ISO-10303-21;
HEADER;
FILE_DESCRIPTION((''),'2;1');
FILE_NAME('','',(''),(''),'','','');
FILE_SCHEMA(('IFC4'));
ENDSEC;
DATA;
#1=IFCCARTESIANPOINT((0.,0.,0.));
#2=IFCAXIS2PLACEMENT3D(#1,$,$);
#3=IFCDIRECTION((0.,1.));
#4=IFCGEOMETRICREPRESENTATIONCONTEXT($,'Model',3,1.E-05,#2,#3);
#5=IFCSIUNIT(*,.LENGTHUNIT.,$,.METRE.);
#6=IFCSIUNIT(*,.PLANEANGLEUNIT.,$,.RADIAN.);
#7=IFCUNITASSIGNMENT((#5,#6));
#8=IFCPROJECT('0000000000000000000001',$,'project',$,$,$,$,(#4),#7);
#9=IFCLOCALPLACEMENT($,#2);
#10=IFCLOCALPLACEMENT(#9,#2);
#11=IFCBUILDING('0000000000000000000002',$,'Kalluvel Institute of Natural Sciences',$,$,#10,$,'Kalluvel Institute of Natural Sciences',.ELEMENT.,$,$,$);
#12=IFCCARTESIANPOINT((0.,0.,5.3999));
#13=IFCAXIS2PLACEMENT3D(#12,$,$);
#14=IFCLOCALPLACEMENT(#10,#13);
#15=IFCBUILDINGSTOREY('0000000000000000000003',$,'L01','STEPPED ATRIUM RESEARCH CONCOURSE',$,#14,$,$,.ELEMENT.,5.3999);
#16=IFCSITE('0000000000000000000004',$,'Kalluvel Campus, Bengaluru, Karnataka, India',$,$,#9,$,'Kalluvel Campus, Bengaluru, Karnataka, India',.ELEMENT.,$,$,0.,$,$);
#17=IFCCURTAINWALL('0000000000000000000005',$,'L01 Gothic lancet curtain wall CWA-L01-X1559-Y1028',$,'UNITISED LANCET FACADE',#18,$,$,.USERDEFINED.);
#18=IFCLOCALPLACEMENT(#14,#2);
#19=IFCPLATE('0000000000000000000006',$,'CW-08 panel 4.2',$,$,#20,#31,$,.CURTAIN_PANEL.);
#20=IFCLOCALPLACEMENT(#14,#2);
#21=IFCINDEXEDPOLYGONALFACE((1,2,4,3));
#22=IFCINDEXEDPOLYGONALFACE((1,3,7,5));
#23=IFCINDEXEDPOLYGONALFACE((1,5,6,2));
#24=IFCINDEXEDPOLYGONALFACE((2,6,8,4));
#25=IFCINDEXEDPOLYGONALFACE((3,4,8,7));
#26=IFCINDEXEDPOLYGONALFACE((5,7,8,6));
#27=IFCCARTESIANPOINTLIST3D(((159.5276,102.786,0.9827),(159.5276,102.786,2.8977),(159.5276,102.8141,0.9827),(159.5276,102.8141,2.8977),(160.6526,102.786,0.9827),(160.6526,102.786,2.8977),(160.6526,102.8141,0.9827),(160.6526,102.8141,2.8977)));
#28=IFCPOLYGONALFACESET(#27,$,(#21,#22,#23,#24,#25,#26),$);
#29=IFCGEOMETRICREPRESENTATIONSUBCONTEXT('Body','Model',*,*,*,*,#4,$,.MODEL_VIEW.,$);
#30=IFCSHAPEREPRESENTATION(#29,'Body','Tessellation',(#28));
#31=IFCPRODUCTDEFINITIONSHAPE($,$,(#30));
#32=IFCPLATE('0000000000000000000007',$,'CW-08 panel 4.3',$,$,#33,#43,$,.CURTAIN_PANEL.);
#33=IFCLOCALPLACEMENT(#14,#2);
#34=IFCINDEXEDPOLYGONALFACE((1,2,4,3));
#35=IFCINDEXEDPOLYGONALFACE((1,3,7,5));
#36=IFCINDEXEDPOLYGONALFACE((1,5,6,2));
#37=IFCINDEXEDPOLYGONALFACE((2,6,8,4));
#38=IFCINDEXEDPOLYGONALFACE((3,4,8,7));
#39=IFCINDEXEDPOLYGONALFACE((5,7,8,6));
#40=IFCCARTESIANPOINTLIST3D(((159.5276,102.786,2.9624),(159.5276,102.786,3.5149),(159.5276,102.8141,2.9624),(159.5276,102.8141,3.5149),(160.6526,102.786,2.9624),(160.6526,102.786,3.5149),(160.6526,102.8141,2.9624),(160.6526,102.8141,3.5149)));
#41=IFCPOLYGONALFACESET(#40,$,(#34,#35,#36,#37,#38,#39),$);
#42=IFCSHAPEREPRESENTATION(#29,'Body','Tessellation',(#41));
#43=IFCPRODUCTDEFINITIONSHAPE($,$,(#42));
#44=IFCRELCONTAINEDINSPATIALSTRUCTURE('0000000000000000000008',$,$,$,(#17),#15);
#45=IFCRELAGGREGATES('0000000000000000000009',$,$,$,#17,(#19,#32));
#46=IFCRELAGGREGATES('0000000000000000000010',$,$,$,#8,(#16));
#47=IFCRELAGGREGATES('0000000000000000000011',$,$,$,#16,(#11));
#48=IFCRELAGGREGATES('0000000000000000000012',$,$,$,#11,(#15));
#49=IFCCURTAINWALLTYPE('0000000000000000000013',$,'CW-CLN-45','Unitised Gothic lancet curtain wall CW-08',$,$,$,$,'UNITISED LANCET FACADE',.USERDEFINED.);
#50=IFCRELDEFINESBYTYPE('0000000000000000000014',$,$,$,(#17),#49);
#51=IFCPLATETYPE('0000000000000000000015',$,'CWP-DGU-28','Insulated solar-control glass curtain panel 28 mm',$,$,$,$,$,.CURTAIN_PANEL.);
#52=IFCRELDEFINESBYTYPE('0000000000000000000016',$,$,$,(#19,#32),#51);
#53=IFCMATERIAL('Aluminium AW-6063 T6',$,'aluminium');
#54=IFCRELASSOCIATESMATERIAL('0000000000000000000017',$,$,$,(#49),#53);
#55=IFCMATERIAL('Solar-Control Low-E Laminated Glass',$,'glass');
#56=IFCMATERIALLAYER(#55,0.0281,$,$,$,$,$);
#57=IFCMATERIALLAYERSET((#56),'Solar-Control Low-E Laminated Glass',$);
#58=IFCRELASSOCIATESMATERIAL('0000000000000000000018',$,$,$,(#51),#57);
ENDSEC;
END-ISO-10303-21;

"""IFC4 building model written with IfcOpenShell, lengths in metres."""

from ifc_helpers import new_model, si_unit, direction, frame, origin, origin_2d, place, context, subcontext, project, spatial, rectangle, extrude, material, layer, layer_set, type_object, element, aggregate, save


model = new_model("IFC4")

# Units and contexts
model_context = context("Model", 3, precision=1e-05, world=origin(), true_north=direction((0.0, 1.0)))
body_context = subcontext(model_context, "Body", "Model", "MODEL_VIEW")
ifc_project = project(units=[si_unit("LENGTHUNIT", "METRE"), si_unit("PLANEANGLEUNIT", "RADIAN")], contexts=[model_context])

# Site, building, storey
site_placement = place(None, origin())
site = spatial("IfcSite", under=ifc_project, at=site_placement, Name="Kalluvel Campus, Bengaluru, Karnataka, India", LongName="Kalluvel Campus, Bengaluru, Karnataka, India", CompositionType="ELEMENT", RefElevation=0.0)
building_placement = place(site_placement, origin())
building = spatial("IfcBuilding", under=site, at=building_placement, Name="Kalluvel Institute of Natural Sciences", LongName="Kalluvel Institute of Natural Sciences", CompositionType="ELEMENT")
storey_placement = place(building_placement, frame((0.0, 0.0, 5.3999)))
storey = spatial("IfcBuildingStorey", under=building, at=storey_placement, Name="L01", Description="STEPPED ATRIUM RESEARCH CONCOURSE", CompositionType="ELEMENT", Elevation=5.3999)

# Curtain wall, plates
ifc_material_1 = material(Name="Aluminium AW-6063 T6", Category="aluminium")
curtain_wall_type = type_object("IfcCurtainWallType", Name="CW-CLN-45", Description="Unitised Gothic lancet curtain wall CW-08", ElementType="UNITISED LANCET FACADE", PredefinedType="USERDEFINED", material=ifc_material_1)
curtain_wall_placement = place(storey_placement, origin())
curtain_wall = element("IfcCurtainWall", 1, at=curtain_wall_placement, inside=storey, type_object=curtain_wall_type, Name="L01 Gothic lancet curtain wall CWA-L01-X1559-Y1028", ObjectType="UNITISED LANCET FACADE", PredefinedType="USERDEFINED")
ifc_material_2 = material(Name="Solar-Control Low-E Laminated Glass", Category="glass")
ifc_layer = layer(ifc_material_2, 0.0281)
ifc_layer_set = layer_set([ifc_layer], Name="Solar-Control Low-E Laminated Glass")
plate_type = type_object("IfcPlateType", Name="CWP-DGU-28", Description="Insulated solar-control glass curtain panel 28 mm", PredefinedType="CURTAIN_PANEL", material=ifc_layer_set)
plate_1_placement = place(storey_placement, frame((160.0901, 102.8, 0.9827), z_axis=(0.0, 0.0, 1.0), x_axis=(1.0, 0.0, 0.0)))
plate_1 = element("IfcPlate", 2, at=plate_1_placement, type_object=plate_type, Name="CW-08 panel 4.2", PredefinedType="CURTAIN_PANEL", context=body_context, shape_type="SweptSolid", body=[
    extrude(rectangle(XDim=1.125, YDim=0.0281, at=origin_2d()), origin(), (0.0, 0.0, 1.0), 1.915),
])
plate_2_placement = place(storey_placement, frame((160.0901, 102.8, 2.9624), z_axis=(0.0, 0.0, 1.0), x_axis=(1.0, 0.0, 0.0)))
plate_2 = element("IfcPlate", 3, at=plate_2_placement, type_object=plate_type, Name="CW-08 panel 4.3", PredefinedType="CURTAIN_PANEL", context=body_context, shape_type="SweptSolid", body=[
    extrude(rectangle(XDim=1.125, YDim=0.0281, at=origin_2d()), origin(), (0.0, 0.0, 1.0), 0.5525),
])
aggregate(curtain_wall, [plate_1, plate_2])

save(model, "model.ifc")
